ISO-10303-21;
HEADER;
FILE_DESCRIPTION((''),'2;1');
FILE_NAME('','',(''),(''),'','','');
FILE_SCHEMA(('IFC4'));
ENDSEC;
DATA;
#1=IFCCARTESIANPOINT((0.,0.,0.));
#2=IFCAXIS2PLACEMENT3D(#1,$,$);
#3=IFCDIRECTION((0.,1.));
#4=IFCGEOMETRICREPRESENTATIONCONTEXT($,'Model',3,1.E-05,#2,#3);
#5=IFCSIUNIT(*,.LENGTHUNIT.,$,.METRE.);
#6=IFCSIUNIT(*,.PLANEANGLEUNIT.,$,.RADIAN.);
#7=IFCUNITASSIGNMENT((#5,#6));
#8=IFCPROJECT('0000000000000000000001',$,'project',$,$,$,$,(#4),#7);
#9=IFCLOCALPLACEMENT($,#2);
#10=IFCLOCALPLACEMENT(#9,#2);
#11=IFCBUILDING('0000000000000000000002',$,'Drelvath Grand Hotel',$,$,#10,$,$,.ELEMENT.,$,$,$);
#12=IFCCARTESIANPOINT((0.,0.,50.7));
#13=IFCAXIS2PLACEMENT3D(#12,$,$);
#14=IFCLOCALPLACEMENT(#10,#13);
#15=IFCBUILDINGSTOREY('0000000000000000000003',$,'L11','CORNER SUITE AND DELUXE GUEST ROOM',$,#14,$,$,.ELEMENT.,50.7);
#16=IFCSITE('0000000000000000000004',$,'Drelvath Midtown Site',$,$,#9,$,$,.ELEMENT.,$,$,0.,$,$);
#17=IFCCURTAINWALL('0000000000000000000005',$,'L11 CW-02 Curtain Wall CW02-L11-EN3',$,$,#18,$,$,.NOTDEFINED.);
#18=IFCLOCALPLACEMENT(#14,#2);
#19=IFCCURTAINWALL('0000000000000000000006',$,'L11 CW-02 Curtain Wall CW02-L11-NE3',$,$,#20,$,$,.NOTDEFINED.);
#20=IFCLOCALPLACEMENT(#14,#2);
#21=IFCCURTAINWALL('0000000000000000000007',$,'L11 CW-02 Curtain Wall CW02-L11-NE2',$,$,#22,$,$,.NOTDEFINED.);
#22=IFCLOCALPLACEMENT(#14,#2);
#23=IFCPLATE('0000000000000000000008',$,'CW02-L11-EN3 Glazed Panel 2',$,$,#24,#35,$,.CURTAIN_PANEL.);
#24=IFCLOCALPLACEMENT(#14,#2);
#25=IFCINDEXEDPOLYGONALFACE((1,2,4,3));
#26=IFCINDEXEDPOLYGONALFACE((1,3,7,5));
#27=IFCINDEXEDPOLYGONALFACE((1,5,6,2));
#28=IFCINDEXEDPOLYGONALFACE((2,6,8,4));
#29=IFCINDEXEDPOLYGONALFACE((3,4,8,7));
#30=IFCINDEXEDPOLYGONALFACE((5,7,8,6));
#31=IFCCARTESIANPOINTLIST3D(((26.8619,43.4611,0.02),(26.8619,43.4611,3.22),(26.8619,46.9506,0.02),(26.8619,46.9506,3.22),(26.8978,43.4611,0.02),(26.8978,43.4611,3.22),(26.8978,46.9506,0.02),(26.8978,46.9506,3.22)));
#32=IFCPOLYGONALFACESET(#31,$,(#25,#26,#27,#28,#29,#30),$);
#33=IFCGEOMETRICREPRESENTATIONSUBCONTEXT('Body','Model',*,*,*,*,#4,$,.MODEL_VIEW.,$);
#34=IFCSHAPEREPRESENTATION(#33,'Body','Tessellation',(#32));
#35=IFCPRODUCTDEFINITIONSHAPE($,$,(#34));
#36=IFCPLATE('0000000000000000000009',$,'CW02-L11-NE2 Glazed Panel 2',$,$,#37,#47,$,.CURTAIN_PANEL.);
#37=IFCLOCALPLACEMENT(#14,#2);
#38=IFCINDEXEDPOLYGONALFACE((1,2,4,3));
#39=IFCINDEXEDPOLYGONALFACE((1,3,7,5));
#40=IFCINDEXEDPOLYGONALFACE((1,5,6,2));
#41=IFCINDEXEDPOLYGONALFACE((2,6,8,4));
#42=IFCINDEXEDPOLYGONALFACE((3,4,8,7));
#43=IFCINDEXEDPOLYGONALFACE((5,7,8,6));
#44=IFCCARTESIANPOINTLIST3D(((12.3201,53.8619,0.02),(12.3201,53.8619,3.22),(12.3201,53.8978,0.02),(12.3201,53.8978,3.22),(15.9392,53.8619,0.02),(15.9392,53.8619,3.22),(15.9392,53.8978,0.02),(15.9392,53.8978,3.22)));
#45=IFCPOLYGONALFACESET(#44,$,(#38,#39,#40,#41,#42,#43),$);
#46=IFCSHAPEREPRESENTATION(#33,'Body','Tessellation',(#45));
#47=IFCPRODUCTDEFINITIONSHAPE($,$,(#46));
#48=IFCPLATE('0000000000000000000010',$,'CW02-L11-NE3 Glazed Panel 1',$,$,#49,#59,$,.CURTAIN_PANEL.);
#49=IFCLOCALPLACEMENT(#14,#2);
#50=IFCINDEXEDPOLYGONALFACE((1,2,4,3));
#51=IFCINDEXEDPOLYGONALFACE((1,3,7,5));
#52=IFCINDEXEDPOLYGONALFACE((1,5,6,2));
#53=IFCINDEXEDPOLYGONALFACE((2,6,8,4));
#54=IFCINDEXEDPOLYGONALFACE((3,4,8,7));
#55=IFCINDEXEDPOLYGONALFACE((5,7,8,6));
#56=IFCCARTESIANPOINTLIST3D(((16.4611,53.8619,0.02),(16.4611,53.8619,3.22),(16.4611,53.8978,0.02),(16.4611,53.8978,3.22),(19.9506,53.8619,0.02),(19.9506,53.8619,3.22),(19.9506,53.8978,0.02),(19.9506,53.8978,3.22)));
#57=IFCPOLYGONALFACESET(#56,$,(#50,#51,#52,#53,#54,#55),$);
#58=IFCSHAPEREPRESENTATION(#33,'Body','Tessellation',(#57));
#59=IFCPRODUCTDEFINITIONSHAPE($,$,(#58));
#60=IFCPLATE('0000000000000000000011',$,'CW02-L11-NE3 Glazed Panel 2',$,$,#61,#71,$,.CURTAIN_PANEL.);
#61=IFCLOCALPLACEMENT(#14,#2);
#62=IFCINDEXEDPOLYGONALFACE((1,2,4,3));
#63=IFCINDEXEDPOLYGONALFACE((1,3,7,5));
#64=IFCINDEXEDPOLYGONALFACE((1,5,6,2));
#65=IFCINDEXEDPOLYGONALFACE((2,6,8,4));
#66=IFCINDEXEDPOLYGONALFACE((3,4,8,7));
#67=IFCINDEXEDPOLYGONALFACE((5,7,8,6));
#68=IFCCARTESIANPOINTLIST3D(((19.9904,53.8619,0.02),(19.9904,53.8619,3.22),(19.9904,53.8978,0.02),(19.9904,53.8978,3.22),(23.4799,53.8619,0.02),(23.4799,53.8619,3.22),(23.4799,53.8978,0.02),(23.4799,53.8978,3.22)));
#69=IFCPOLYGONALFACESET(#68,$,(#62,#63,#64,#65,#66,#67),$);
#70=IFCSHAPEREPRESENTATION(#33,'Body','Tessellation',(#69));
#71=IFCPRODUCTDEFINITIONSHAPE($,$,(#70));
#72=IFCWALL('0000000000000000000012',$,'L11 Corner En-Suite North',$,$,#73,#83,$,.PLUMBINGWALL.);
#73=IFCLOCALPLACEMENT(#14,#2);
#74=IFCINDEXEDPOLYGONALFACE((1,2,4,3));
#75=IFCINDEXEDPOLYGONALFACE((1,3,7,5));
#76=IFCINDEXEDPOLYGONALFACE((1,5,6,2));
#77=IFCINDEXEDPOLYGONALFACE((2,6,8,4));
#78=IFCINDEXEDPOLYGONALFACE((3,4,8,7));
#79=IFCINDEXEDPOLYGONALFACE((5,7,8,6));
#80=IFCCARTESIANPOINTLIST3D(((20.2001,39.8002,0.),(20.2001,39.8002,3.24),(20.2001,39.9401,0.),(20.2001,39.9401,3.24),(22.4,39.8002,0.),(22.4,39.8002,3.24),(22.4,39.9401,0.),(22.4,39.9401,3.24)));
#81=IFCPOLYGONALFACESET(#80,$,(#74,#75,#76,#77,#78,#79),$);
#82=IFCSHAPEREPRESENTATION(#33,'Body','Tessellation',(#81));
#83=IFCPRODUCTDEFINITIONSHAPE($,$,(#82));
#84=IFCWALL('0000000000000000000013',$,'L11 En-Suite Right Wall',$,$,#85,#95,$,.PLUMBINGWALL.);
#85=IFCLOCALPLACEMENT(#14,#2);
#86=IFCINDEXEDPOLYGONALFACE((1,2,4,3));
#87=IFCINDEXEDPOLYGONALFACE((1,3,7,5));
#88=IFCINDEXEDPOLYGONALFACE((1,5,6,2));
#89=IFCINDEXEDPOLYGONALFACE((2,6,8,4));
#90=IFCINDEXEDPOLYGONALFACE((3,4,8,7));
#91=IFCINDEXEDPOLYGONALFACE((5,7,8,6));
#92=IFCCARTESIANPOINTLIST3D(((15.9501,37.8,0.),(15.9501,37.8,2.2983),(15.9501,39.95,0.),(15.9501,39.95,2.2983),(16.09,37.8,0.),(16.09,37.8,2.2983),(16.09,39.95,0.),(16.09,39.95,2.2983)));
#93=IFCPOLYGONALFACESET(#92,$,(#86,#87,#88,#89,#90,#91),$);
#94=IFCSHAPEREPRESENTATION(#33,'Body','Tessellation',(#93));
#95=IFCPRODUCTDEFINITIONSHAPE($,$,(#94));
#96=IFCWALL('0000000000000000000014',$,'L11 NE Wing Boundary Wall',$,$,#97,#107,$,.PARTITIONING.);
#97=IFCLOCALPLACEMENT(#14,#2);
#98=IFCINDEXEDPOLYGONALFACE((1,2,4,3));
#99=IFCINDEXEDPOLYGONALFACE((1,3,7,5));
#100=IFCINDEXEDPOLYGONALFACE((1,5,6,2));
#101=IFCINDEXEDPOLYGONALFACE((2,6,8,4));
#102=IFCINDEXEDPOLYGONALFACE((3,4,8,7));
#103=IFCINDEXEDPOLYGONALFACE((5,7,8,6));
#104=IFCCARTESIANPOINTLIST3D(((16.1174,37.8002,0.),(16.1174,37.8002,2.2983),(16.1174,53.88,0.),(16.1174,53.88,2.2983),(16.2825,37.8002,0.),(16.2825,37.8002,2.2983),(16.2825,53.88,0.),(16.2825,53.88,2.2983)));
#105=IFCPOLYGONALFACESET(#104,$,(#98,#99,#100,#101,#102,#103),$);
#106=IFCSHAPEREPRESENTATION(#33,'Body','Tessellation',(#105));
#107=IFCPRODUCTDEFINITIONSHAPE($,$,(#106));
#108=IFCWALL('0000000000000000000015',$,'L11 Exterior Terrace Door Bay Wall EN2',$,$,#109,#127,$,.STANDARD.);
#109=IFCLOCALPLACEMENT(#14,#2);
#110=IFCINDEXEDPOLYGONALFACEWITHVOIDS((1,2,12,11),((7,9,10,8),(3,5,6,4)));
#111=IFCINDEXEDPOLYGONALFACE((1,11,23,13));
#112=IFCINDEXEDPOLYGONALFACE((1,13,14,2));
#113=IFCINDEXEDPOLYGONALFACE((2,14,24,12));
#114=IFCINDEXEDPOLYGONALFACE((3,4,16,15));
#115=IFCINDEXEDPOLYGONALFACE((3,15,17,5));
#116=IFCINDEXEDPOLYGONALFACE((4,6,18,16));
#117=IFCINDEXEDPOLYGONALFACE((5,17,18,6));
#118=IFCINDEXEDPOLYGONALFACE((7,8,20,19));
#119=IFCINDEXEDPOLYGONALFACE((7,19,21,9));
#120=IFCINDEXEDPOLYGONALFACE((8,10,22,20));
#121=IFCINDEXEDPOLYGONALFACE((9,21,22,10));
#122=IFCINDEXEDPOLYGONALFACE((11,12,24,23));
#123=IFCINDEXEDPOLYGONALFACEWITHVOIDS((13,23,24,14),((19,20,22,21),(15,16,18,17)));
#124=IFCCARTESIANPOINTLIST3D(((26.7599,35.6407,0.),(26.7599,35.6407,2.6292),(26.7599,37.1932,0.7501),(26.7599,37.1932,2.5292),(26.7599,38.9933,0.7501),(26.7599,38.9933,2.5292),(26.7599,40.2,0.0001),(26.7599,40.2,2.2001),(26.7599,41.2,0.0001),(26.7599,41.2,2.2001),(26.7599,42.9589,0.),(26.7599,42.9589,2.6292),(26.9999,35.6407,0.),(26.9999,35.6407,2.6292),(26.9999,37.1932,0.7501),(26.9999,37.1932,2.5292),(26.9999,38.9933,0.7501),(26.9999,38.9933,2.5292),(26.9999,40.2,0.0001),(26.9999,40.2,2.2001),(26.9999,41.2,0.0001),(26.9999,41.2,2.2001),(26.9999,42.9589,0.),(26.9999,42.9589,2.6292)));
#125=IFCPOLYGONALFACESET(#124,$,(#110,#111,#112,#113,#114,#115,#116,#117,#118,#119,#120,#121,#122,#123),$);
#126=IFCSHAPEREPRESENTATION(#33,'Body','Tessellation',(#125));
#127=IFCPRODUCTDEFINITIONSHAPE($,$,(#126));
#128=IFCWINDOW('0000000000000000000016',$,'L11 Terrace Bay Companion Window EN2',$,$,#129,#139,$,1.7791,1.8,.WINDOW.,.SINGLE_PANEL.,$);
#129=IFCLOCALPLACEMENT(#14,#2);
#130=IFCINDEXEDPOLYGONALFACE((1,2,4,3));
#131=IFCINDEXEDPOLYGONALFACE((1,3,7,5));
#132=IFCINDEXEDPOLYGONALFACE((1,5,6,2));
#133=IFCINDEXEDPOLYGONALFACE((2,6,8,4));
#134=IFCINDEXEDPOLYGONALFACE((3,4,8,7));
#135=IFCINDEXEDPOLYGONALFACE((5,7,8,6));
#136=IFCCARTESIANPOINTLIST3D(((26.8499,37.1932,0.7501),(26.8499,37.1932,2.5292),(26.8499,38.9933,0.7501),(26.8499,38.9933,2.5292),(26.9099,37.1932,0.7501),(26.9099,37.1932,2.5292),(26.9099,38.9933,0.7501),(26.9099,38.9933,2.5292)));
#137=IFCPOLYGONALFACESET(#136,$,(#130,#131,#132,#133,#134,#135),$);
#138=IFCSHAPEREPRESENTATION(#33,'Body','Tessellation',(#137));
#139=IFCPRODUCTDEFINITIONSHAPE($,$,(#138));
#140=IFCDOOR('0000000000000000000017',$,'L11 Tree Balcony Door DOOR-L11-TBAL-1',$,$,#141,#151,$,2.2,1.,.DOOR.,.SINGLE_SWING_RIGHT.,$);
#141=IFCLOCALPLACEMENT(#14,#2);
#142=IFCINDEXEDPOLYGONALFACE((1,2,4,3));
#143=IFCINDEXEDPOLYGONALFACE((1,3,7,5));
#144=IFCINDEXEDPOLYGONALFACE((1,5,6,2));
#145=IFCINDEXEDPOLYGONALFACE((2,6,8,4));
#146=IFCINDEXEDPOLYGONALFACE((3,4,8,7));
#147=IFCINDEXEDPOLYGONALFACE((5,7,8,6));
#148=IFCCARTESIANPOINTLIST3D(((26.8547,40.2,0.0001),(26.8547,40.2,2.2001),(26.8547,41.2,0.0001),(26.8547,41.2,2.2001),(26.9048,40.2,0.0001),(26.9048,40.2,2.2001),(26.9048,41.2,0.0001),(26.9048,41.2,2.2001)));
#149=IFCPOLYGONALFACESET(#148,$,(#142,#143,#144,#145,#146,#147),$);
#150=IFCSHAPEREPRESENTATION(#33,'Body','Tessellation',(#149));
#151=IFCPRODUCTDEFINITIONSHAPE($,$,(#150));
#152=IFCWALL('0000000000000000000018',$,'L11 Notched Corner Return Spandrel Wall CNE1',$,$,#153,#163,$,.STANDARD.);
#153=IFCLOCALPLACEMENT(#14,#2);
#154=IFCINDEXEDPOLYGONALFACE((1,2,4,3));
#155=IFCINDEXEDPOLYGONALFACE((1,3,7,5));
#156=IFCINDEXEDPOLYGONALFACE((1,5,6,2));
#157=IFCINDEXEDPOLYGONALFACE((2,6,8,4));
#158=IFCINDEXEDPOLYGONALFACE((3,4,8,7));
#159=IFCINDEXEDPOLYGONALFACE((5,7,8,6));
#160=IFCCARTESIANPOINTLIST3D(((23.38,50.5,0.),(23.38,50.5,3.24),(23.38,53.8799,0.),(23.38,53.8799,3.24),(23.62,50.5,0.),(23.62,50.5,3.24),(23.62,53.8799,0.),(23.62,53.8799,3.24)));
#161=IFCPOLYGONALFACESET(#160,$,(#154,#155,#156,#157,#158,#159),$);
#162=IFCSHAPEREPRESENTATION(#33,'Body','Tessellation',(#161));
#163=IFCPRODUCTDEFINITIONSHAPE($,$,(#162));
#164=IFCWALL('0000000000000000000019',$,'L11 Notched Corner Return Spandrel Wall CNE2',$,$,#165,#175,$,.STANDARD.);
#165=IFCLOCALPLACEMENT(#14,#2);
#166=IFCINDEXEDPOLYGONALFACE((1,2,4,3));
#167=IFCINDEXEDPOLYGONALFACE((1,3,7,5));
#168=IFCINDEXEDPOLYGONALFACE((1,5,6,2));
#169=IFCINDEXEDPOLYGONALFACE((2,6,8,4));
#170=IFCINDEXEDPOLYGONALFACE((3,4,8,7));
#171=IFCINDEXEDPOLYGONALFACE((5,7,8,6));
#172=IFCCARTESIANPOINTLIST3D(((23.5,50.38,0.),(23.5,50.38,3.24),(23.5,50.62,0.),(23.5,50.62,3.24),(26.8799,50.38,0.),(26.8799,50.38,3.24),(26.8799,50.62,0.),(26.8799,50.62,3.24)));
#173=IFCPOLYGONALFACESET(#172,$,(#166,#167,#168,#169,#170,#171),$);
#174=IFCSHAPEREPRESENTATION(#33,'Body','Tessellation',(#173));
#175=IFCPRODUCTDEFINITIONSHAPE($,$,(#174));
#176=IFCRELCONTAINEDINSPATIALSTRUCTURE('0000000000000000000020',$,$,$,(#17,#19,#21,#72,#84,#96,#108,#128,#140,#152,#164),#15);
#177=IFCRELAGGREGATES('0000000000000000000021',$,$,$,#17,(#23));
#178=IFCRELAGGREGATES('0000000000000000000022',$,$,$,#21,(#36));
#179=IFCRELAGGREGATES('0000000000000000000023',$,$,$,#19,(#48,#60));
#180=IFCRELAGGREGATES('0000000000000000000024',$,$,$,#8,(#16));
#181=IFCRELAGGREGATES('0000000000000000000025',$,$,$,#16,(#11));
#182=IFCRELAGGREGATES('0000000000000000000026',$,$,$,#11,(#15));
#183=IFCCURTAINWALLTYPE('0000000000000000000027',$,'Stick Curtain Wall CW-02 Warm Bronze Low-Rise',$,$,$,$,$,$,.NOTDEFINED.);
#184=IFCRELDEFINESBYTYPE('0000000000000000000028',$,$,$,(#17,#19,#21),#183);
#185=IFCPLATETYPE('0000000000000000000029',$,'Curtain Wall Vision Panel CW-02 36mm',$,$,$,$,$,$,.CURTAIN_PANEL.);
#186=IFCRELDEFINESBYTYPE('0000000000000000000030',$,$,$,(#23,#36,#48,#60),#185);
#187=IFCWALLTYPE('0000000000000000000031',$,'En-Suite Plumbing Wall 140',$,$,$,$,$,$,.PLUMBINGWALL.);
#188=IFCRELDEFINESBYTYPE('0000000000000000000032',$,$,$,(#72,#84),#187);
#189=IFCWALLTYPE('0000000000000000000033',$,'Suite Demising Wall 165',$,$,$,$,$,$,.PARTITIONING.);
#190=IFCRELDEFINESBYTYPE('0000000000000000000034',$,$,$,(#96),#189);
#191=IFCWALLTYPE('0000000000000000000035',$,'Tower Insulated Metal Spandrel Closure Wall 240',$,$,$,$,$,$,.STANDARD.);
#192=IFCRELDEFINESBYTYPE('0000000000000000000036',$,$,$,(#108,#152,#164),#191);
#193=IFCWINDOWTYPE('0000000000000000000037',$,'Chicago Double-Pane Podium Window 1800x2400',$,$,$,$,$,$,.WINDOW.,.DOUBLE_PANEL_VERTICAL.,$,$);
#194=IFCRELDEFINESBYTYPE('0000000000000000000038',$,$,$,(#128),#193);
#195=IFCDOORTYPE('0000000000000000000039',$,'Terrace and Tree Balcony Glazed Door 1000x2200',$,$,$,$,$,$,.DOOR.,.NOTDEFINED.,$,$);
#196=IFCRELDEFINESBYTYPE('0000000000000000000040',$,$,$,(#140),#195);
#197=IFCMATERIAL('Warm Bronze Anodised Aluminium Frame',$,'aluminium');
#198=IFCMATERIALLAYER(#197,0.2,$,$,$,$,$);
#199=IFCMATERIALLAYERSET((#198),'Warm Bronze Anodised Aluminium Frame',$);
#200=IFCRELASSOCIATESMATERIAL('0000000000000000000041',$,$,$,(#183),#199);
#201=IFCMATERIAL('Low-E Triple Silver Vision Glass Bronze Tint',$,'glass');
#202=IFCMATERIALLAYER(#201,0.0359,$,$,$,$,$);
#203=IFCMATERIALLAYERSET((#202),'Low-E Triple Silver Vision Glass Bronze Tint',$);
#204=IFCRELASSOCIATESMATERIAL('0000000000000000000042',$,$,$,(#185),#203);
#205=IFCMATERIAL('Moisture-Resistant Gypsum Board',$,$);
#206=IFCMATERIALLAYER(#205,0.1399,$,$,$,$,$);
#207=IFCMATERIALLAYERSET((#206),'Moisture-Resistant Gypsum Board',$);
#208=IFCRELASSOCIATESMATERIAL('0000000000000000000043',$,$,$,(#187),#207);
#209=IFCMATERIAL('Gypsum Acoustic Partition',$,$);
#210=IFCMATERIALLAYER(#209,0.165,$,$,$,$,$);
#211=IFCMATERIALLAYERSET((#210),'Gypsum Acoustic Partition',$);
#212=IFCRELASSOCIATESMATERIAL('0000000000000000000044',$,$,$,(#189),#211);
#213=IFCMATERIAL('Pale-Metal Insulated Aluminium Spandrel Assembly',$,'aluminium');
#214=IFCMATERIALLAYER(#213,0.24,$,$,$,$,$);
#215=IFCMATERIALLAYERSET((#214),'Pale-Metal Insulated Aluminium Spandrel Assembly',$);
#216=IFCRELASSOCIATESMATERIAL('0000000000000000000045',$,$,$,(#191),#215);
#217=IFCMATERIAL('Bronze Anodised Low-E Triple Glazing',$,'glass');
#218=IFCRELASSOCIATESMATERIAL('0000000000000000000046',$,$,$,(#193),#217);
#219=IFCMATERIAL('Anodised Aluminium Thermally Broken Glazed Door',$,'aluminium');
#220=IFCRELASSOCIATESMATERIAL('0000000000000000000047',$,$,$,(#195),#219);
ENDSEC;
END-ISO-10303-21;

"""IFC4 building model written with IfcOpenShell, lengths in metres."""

from ifc_helpers import new_model, si_unit, direction, frame, frame_2d, origin, origin_2d, place, context, subcontext, project, spatial, rectangle, extrude, material, layer, layer_set, type_object, element, fill, aggregate, save


model = new_model("IFC4")

# Units and contexts
model_context = context("Model", 3, precision=1e-05, world=origin(), true_north=direction((0.0, 1.0)))
body_context = subcontext(model_context, "Body", "Model", "MODEL_VIEW")
ifc_project = project(units=[si_unit("LENGTHUNIT", "METRE"), si_unit("PLANEANGLEUNIT", "RADIAN")], contexts=[model_context])

# Site, building, storey
site_placement = place(None, origin())
site = spatial("IfcSite", under=ifc_project, at=site_placement, Name="Drelvath Midtown Site", CompositionType="ELEMENT", RefElevation=0.0)
building_placement = place(site_placement, origin())
building = spatial("IfcBuilding", under=site, at=building_placement, Name="Drelvath Grand Hotel", CompositionType="ELEMENT")
storey_placement = place(building_placement, frame((0.0, 0.0, 50.7)))
storey = spatial("IfcBuildingStorey", under=building, at=storey_placement, Name="L11", Description="CORNER SUITE AND DELUXE GUEST ROOM", CompositionType="ELEMENT", Elevation=50.7)

# Curtain walls
ifc_material_1 = material(Name="Warm Bronze Anodised Aluminium Frame", Category="aluminium")
ifc_layer_1 = layer(ifc_material_1, 0.2)
ifc_layer_set_1 = layer_set([ifc_layer_1], Name="Warm Bronze Anodised Aluminium Frame")
curtain_wall_type = type_object("IfcCurtainWallType", Name="Stick Curtain Wall CW-02 Warm Bronze Low-Rise", PredefinedType="NOTDEFINED", material=ifc_layer_set_1)
curtain_wall_1_placement = place(storey_placement, origin())
curtain_wall_1 = element("IfcCurtainWall", 1, at=curtain_wall_1_placement, inside=storey, type_object=curtain_wall_type, Name="L11 CW-02 Curtain Wall CW02-L11-EN3", PredefinedType="NOTDEFINED")
curtain_wall_2_placement = place(storey_placement, origin())
curtain_wall_2 = element("IfcCurtainWall", 2, at=curtain_wall_2_placement, inside=storey, type_object=curtain_wall_type, Name="L11 CW-02 Curtain Wall CW02-L11-NE3", PredefinedType="NOTDEFINED")

# Curtain wall
curtain_wall_3_placement = place(storey_placement, origin())
curtain_wall_3 = element("IfcCurtainWall", 3, at=curtain_wall_3_placement, inside=storey, type_object=curtain_wall_type, Name="L11 CW-02 Curtain Wall CW02-L11-NE2", PredefinedType="NOTDEFINED")

# Plates
ifc_material_2 = material(Name="Low-E Triple Silver Vision Glass Bronze Tint", Category="glass")
ifc_layer_2 = layer(ifc_material_2, 0.0359)
ifc_layer_set_2 = layer_set([ifc_layer_2], Name="Low-E Triple Silver Vision Glass Bronze Tint")
plate_type = type_object("IfcPlateType", Name="Curtain Wall Vision Panel CW-02 36mm", PredefinedType="CURTAIN_PANEL", material=ifc_layer_set_2)
plate_1_placement = place(storey_placement, frame((26.8799, 45.2058, 0.02), z_axis=(0.0, 0.0, 1.0), x_axis=(0.0, -1.0, 0.0)))
plate_1 = element("IfcPlate", 4, at=plate_1_placement, type_object=plate_type, Name="CW02-L11-EN3 Glazed Panel 2", PredefinedType="CURTAIN_PANEL", context=body_context, shape_type="SweptSolid", body=[
    extrude(rectangle(XDim=3.4895, YDim=0.0359, at=origin_2d()), origin(), (0.0, 0.0, 1.0), 3.2),
])
aggregate(curtain_wall_1, [plate_1])
plate_2_placement = place(storey_placement, frame((14.1296, 53.8799, 0.02), z_axis=(0.0, 0.0, 1.0), x_axis=(1.0, 0.0, 0.0)))
plate_2 = element("IfcPlate", 5, at=plate_2_placement, type_object=plate_type, Name="CW02-L11-NE2 Glazed Panel 2", PredefinedType="CURTAIN_PANEL", context=body_context, shape_type="SweptSolid", body=[
    extrude(rectangle(XDim=3.6191, YDim=0.0359, at=origin_2d()), origin(), (0.0, 0.0, 1.0), 3.2),
])
aggregate(curtain_wall_3, [plate_2])
plate_3_placement = place(storey_placement, frame((18.2058, 53.8799, 0.02), z_axis=(0.0, 0.0, 1.0), x_axis=(1.0, 0.0, 0.0)))
plate_3 = element("IfcPlate", 6, at=plate_3_placement, type_object=plate_type, Name="CW02-L11-NE3 Glazed Panel 1", PredefinedType="CURTAIN_PANEL", context=body_context, shape_type="SweptSolid", body=[
    extrude(rectangle(XDim=3.4895, YDim=0.0359, at=origin_2d()), origin(), (0.0, 0.0, 1.0), 3.2),
])
plate_4_placement = place(storey_placement, frame((21.7351, 53.8799, 0.02), z_axis=(0.0, 0.0, 1.0), x_axis=(1.0, 0.0, 0.0)))
plate_4 = element("IfcPlate", 7, at=plate_4_placement, type_object=plate_type, Name="CW02-L11-NE3 Glazed Panel 2", PredefinedType="CURTAIN_PANEL", context=body_context, shape_type="SweptSolid", body=[
    extrude(rectangle(XDim=3.4895, YDim=0.0359, at=origin_2d()), origin(), (0.0, 0.0, 1.0), 3.2),
])
aggregate(curtain_wall_2, [plate_3, plate_4])

# Walls
ifc_material_3 = material(Name="Moisture-Resistant Gypsum Board")
ifc_layer_3 = layer(ifc_material_3, 0.1399)
ifc_layer_set_3 = layer_set([ifc_layer_3], Name="Moisture-Resistant Gypsum Board")
wall_type_1 = type_object("IfcWallType", Name="En-Suite Plumbing Wall 140", PredefinedType="PLUMBINGWALL", material=ifc_layer_set_3)
wall_1_placement = place(storey_placement, frame((20.2, 39.8701, 0.0), z_axis=(0.0, 0.0, 1.0), x_axis=(1.0, 0.0, 0.0)))
element("IfcWall", 8, at=wall_1_placement, inside=storey, type_object=wall_type_1, Name="L11 Corner En-Suite North", PredefinedType="PLUMBINGWALL", context=body_context, shape_type="SweptSolid", body=[
    extrude(rectangle(XDim=2.2, YDim=0.1399, at=frame_2d((1.1001, 0.0))), origin(), (0.0, 0.0, 1.0), 3.24),
])
wall_2_placement = place(storey_placement, frame((16.02, 37.8, 0.0), z_axis=(0.0, 0.0, 1.0), x_axis=(0.0, 1.0, 0.0)))
element("IfcWall", 9, at=wall_2_placement, inside=storey, type_object=wall_type_1, Name="L11 En-Suite Right Wall", PredefinedType="PLUMBINGWALL", context=body_context, shape_type="SweptSolid", body=[
    extrude(rectangle(XDim=2.1499, YDim=0.1399, at=frame_2d((1.075, 0.0))), origin(), (0.0, 0.0, 1.0), 2.2983),
])
ifc_material_4 = material(Name="Gypsum Acoustic Partition")
ifc_layer_4 = layer(ifc_material_4, 0.165)
ifc_layer_set_4 = layer_set([ifc_layer_4], Name="Gypsum Acoustic Partition")
wall_type_2 = type_object("IfcWallType", Name="Suite Demising Wall 165", PredefinedType="PARTITIONING", material=ifc_layer_set_4)
wall_3_placement = place(storey_placement, frame((16.2, 37.8, 0.0), z_axis=(0.0, 0.0, 1.0), x_axis=(0.0, 1.0, 0.0)))
element("IfcWall", 10, at=wall_3_placement, inside=storey, type_object=wall_type_2, Name="L11 NE Wing Boundary Wall", PredefinedType="PARTITIONING", context=body_context, shape_type="SweptSolid", body=[
    extrude(rectangle(XDim=16.0798, YDim=0.165, at=frame_2d((8.04, 0.0))), origin(), (0.0, 0.0, 1.0), 2.2983),
])

# Wall, openings, window, door
ifc_material_5 = material(Name="Pale-Metal Insulated Aluminium Spandrel Assembly", Category="aluminium")
ifc_layer_5 = layer(ifc_material_5, 0.24)
ifc_layer_set_5 = layer_set([ifc_layer_5], Name="Pale-Metal Insulated Aluminium Spandrel Assembly")
wall_type_3 = type_object("IfcWallType", Name="Tower Insulated Metal Spandrel Closure Wall 240", PredefinedType="STANDARD", material=ifc_layer_set_5)
wall_4_placement = place(storey_placement, frame((26.8799, 42.959, 0.0), z_axis=(0.0, 0.0, 1.0), x_axis=(0.0, -1.0, 0.0)))
wall_4 = element("IfcWall", 11, at=wall_4_placement, inside=storey, type_object=wall_type_3, Name="L11 Exterior Terrace Door Bay Wall EN2", PredefinedType="STANDARD", context=body_context, shape_type="SweptSolid", body=[
    extrude(rectangle(XDim=7.3181, YDim=0.24, at=frame_2d((3.6592, 0.0))), origin(), (0.0, 0.0, 1.0), 2.6292),
])
opening_1_placement = place(wall_4_placement, frame((1.759, 0.0, 0.0)))
opening_1 = element("IfcOpeningElement", 12, at=opening_1_placement, cuts=wall_4, PredefinedType="OPENING", context=body_context, shape_type="SweptSolid", body=[
    extrude(rectangle(XDim=1.0, YDim=2.2, at=frame_2d((0.5, 1.1001))), frame((0.0, 0.1299, 0.0), z_axis=(0.0, -1.0, 0.0), x_axis=(1.0, 0.0, 0.0)), (0.0, 0.0, 1.0), 0.26),
])
opening_2_placement = place(wall_4_placement, frame((3.9658, 0.0, 0.75)))
opening_2 = element("IfcOpeningElement", 13, at=opening_2_placement, cuts=wall_4, PredefinedType="OPENING", context=body_context, shape_type="SweptSolid", body=[
    extrude(rectangle(XDim=1.8, YDim=1.7791, at=frame_2d((0.8999, 0.8896))), frame((0.0, 0.1299, 0.0), z_axis=(0.0, -1.0, 0.0), x_axis=(1.0, 0.0, 0.0)), (0.0, 0.0, 1.0), 0.26),
])
ifc_material_6 = material(Name="Bronze Anodised Low-E Triple Glazing", Category="glass")
window_type = type_object("IfcWindowType", Name="Chicago Double-Pane Podium Window 1800x2400", PartitioningType="DOUBLE_PANEL_VERTICAL", PredefinedType="WINDOW", material=ifc_material_6)
window_placement = place(opening_2_placement, origin())
window = element("IfcWindow", 14, at=window_placement, inside=storey, type_object=window_type, Name="L11 Terrace Bay Companion Window EN2", OverallHeight=1.7791, OverallWidth=1.8, PartitioningType="SINGLE_PANEL", PredefinedType="WINDOW", context=body_context, shape_type="SweptSolid", body=[
    extrude(rectangle(XDim=1.8, YDim=1.7791, at=frame_2d((0.8999, 0.8896))), frame((0.0, 0.03, 0.0), z_axis=(0.0, -1.0, 0.0), x_axis=(1.0, 0.0, 0.0)), (0.0, 0.0, 1.0), 0.0601),
])
fill(opening_2, window)
ifc_material_7 = material(Name="Anodised Aluminium Thermally Broken Glazed Door", Category="aluminium")
door_type = type_object("IfcDoorType", Name="Terrace and Tree Balcony Glazed Door 1000x2200", OperationType="NOTDEFINED", PredefinedType="DOOR", material=ifc_material_7)
door_placement = place(opening_1_placement, origin())
door = element("IfcDoor", 15, at=door_placement, inside=storey, type_object=door_type, Name="L11 Tree Balcony Door DOOR-L11-TBAL-1", OperationType="SINGLE_SWING_RIGHT", OverallHeight=2.2, OverallWidth=1.0, PredefinedType="DOOR", context=body_context, shape_type="SweptSolid", body=[
    extrude(rectangle(XDim=1.0, YDim=2.2, at=frame_2d((0.5, 1.1001))), frame((0.0, 0.0249, 0.0), z_axis=(0.0, -1.0, 0.0), x_axis=(1.0, 0.0, 0.0)), (0.0, 0.0, 1.0), 0.05),
])
fill(opening_1, door)

# Walls
for number, where, z_axis, x_axis, name in (
    (16, (23.5, 53.8799, 0.0), (0.0, 0.0, 1.0), (0.0, -1.0, 0.0), "L11 Notched Corner Return Spandrel Wall CNE1"),
    (17, (23.5, 50.5, 0.0), (0.0, 0.0, 1.0), (1.0, 0.0, 0.0), "L11 Notched Corner Return Spandrel Wall CNE2"),
):
    element("IfcWall", number, at=place(storey_placement, frame(where, z_axis=z_axis, x_axis=x_axis)), inside=storey, type_object=wall_type_3, Name=name, PredefinedType="STANDARD", context=body_context, shape_type="SweptSolid", body=[
        extrude(rectangle(XDim=3.3799, YDim=0.24, at=frame_2d((1.6899, 0.0))), origin(), (0.0, 0.0, 1.0), 3.24),
    ])

save(model, "model.ifc")
